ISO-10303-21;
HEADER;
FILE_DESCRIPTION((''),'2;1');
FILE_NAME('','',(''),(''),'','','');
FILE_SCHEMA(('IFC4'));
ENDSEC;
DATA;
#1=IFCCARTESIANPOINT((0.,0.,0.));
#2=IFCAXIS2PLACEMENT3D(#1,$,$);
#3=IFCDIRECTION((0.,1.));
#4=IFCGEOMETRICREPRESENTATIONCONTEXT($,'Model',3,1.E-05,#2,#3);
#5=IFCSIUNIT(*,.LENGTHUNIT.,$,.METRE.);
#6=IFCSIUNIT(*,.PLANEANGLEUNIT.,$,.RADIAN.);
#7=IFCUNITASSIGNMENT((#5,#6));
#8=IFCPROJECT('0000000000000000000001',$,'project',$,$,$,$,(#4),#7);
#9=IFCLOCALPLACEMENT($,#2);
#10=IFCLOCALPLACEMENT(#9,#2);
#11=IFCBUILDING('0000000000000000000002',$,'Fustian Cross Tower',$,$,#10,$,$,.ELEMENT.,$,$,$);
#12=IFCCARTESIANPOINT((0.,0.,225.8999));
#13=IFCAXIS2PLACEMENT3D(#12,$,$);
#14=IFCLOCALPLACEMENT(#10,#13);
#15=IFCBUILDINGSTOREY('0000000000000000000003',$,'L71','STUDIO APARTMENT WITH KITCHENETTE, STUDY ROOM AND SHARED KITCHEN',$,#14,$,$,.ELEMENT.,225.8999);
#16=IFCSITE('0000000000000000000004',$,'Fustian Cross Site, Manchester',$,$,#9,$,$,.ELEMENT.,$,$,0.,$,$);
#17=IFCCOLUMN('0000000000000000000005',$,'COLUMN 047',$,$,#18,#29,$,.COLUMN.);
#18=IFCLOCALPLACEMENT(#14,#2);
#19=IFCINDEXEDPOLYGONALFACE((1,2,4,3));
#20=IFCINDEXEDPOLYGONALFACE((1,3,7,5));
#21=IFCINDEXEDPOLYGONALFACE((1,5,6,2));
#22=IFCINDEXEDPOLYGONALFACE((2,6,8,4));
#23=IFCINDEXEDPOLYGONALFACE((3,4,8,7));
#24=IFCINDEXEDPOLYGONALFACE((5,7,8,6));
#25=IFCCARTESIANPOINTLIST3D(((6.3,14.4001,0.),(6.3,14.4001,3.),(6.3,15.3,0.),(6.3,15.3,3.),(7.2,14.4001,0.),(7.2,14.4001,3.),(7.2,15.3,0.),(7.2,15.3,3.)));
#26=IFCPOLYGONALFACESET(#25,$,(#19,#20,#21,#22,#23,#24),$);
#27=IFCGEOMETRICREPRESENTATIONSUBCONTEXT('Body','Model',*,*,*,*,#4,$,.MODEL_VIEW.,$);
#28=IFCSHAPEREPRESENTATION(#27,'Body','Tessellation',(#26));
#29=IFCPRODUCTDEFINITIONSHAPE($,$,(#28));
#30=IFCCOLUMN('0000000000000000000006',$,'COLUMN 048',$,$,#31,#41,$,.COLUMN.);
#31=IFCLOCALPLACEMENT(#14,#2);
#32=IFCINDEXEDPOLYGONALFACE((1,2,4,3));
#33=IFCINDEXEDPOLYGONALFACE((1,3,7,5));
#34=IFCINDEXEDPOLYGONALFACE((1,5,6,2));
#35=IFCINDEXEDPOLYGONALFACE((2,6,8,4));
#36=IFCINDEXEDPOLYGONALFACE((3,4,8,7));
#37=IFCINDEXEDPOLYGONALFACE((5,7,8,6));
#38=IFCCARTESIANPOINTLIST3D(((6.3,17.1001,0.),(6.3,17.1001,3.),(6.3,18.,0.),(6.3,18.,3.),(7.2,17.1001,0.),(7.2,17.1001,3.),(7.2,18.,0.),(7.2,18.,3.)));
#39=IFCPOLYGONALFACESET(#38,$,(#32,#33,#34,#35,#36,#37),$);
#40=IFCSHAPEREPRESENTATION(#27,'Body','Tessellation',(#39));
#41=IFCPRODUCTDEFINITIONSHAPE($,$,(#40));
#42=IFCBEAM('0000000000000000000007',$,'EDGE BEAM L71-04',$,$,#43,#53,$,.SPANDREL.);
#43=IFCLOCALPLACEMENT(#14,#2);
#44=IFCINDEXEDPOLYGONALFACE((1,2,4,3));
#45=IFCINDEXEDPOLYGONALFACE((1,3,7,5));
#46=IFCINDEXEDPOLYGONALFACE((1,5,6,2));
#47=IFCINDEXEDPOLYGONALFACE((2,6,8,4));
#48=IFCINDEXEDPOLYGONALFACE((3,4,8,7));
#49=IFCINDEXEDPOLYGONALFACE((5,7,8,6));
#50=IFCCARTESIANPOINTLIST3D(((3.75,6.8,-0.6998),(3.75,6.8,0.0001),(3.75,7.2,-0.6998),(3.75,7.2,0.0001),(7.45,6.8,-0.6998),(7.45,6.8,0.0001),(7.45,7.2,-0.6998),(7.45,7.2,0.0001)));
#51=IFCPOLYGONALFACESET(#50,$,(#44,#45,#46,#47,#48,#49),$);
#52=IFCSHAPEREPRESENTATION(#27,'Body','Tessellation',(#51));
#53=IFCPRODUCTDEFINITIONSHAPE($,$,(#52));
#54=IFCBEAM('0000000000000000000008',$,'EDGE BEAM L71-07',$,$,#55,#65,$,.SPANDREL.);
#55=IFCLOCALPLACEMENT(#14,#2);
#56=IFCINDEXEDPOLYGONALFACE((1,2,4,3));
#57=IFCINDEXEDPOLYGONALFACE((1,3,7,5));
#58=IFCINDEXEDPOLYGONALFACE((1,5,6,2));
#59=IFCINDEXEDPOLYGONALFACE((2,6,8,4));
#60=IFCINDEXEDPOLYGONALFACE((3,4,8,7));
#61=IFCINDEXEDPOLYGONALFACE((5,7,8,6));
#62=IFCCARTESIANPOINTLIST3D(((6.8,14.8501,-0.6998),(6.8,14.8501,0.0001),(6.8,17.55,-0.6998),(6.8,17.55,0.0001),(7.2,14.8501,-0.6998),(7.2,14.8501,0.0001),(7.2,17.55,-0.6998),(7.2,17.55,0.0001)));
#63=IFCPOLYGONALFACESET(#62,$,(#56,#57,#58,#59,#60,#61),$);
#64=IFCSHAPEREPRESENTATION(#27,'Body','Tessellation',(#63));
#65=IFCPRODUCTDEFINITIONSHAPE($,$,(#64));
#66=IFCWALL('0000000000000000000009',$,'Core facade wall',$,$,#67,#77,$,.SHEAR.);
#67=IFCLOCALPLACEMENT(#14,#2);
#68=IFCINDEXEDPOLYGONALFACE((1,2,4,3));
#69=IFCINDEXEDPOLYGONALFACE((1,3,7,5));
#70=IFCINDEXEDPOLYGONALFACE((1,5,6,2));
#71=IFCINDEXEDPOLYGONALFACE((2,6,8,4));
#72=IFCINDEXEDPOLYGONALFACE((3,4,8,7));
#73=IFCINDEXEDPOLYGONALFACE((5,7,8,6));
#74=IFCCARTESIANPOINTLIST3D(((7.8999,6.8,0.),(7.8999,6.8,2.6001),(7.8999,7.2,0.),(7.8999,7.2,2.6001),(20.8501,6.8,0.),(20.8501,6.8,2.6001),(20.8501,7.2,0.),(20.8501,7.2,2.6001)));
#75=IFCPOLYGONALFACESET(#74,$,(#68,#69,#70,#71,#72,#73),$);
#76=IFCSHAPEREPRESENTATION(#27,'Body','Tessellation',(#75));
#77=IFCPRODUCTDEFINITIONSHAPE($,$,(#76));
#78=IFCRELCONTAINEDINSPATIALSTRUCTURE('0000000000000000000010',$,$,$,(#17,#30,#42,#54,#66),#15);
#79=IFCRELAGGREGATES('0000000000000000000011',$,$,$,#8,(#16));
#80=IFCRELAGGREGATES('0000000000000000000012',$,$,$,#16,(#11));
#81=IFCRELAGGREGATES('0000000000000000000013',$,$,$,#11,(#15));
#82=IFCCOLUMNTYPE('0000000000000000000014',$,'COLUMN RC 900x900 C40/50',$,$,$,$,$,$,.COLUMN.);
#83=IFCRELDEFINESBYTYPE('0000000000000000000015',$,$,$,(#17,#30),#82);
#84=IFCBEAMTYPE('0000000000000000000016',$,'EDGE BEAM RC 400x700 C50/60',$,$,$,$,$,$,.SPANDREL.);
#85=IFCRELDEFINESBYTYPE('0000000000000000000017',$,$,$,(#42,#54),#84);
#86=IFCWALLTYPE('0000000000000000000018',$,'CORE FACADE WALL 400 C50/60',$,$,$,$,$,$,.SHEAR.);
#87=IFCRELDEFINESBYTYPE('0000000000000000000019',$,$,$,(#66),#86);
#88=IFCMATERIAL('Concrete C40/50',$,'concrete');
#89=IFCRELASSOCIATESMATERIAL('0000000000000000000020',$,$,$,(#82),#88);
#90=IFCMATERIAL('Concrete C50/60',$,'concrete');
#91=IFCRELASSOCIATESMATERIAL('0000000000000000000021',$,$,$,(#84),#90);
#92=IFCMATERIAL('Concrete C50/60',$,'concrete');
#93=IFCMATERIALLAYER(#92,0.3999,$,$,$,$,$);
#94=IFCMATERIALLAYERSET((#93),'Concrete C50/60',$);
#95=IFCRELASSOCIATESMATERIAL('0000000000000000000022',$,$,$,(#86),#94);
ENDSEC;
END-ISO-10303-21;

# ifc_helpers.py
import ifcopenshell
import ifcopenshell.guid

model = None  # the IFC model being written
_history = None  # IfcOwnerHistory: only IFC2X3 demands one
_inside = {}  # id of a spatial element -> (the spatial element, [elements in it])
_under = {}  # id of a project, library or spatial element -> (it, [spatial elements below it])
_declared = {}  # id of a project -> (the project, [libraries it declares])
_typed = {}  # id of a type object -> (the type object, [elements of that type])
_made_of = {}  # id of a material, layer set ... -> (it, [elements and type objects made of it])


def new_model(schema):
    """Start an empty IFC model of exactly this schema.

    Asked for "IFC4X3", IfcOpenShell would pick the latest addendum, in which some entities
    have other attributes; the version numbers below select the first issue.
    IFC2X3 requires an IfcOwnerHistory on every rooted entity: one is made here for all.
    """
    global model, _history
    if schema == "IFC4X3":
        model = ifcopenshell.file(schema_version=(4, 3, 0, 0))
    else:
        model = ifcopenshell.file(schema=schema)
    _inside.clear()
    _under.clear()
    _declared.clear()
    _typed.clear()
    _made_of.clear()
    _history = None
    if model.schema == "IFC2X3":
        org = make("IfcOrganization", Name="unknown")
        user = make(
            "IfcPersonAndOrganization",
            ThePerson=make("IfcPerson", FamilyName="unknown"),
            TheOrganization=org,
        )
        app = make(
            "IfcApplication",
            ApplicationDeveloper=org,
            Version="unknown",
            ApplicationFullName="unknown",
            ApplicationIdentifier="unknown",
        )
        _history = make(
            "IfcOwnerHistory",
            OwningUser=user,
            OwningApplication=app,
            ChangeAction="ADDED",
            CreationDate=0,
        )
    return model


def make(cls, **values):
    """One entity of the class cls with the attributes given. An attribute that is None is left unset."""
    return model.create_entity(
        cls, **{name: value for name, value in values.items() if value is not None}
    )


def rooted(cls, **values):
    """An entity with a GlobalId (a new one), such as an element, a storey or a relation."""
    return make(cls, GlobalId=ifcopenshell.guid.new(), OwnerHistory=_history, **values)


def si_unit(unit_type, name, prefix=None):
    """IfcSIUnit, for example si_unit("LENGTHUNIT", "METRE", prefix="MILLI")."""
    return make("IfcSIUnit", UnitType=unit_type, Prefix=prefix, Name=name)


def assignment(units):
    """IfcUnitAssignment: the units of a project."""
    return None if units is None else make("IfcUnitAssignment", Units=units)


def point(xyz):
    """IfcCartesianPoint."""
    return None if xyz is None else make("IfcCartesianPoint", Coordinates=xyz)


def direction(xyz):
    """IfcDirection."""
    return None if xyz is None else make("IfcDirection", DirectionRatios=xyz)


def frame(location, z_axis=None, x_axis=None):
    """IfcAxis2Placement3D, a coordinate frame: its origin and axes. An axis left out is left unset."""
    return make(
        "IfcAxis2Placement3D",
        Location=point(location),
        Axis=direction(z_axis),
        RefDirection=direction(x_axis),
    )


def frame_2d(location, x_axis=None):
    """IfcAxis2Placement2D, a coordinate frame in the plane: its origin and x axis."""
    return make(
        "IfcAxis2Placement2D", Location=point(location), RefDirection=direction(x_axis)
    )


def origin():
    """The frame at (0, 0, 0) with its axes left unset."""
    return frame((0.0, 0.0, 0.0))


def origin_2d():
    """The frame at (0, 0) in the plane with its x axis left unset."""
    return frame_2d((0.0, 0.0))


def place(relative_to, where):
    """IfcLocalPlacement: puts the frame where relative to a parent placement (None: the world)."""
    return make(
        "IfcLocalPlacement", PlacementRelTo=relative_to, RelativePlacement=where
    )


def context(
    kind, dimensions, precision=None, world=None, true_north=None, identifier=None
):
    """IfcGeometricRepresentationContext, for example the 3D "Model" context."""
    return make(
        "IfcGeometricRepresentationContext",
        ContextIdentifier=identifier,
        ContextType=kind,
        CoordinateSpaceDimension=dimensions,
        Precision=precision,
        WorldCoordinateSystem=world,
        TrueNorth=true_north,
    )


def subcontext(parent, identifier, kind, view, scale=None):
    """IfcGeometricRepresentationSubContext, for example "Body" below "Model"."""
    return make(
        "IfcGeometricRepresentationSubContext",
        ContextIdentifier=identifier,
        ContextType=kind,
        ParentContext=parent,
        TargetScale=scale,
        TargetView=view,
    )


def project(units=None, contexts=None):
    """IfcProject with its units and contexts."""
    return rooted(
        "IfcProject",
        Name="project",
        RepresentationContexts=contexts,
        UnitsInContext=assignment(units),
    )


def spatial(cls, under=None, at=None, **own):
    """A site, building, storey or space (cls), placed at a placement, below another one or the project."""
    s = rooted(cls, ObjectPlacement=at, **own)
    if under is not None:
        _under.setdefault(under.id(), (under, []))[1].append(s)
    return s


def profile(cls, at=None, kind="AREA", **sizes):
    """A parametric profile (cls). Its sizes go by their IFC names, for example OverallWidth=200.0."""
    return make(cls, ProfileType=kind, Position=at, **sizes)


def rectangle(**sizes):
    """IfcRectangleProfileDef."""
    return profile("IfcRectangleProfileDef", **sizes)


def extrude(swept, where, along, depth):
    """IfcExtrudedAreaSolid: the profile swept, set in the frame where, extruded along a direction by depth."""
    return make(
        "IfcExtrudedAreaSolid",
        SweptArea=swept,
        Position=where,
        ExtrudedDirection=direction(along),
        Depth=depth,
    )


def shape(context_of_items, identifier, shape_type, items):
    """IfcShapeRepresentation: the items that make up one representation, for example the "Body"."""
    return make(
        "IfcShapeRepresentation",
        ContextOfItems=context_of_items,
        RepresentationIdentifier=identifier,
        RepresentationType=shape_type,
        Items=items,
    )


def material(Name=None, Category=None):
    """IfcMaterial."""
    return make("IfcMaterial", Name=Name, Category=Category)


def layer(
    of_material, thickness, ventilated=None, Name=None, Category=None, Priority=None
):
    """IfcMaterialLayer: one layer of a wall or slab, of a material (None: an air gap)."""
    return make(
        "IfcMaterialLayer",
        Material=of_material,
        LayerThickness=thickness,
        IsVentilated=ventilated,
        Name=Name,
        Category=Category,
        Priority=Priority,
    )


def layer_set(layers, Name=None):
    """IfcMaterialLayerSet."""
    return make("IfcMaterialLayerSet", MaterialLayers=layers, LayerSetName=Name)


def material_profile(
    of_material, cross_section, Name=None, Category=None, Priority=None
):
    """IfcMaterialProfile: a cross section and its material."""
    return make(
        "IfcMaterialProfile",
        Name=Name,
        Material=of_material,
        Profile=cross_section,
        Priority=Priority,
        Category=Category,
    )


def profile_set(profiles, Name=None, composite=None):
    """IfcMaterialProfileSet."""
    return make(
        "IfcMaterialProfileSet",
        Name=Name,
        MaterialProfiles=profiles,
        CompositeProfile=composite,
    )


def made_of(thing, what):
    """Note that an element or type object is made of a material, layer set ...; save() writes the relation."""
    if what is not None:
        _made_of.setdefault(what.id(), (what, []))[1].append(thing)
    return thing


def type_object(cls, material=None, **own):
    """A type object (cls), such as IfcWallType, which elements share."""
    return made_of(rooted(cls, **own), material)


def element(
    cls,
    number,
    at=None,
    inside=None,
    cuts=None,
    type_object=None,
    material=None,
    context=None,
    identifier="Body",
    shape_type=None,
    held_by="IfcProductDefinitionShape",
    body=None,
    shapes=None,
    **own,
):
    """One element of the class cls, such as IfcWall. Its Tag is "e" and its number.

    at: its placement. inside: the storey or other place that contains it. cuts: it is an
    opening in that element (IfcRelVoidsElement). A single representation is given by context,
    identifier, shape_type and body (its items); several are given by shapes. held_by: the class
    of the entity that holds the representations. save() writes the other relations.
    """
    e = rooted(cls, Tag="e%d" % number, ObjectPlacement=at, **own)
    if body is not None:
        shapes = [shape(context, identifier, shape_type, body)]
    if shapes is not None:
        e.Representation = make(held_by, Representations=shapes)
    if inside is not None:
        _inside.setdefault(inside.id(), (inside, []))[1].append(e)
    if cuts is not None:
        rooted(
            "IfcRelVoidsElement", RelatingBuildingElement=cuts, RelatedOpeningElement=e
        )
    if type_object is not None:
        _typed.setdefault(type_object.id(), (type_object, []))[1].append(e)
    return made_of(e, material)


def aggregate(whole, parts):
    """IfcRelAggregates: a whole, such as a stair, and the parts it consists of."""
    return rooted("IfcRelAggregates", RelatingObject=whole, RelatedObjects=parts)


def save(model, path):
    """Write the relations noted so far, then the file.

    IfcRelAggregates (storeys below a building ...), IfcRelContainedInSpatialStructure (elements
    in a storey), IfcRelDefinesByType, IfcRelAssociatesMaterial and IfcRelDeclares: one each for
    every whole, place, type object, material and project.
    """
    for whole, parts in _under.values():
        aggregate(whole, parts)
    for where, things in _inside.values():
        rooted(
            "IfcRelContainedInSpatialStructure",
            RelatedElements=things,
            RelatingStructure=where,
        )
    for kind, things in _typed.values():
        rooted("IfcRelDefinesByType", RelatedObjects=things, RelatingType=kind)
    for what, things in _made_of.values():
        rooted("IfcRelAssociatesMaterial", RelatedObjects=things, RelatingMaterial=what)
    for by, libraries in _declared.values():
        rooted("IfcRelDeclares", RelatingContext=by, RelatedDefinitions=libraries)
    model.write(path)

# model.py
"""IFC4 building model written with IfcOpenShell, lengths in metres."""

from ifc_helpers import new_model, si_unit, direction, frame, frame_2d, origin, origin_2d, place, context, subcontext, project, spatial, rectangle, extrude, material, layer, layer_set, material_profile, profile_set, type_object, element, save


model = new_model("IFC4")

# Units and contexts
model_context = context("Model", 3, precision=1e-05, world=origin(), true_north=direction((0.0, 1.0)))
body_context = subcontext(model_context, "Body", "Model", "MODEL_VIEW")
ifc_project = project(units=[si_unit("LENGTHUNIT", "METRE"), si_unit("PLANEANGLEUNIT", "RADIAN")], contexts=[model_context])

# Site, building, storey
site_placement = place(None, origin())
site = spatial("IfcSite", under=ifc_project, at=site_placement, Name="Fustian Cross Site, Manchester", CompositionType="ELEMENT", RefElevation=0.0)
building_placement = place(site_placement, origin())
building = spatial("IfcBuilding", under=site, at=building_placement, Name="Fustian Cross Tower", CompositionType="ELEMENT")
storey_placement = place(building_placement, frame((0.0, 0.0, 225.8999)))
storey = spatial("IfcBuildingStorey", under=building, at=storey_placement, Name="L71", Description="STUDIO APARTMENT WITH KITCHENETTE, STUDY ROOM AND SHARED KITCHEN", CompositionType="ELEMENT", Elevation=225.8999)

# Columns
ifc_material_1 = material(Name="Concrete C40/50", Category="concrete")
ifc_material_profile_1 = material_profile(ifc_material_1, rectangle(XDim=0.8999, YDim=0.8999, at=origin_2d()), Name="RC 900x900")
ifc_profile_set_1 = profile_set([ifc_material_profile_1], Name="Concrete C40/50")
column_type = type_object("IfcColumnType", Name="COLUMN RC 900x900 C40/50", PredefinedType="COLUMN", material=ifc_profile_set_1)
for number, where, z_axis, x_axis, name in (
    (1, (6.75, 14.8501, 0.0), (0.0, 0.0, 1.0), (1.0, 0.0, 0.0), "COLUMN 047"),
    (2, (6.75, 17.55, 0.0), (0.0, 0.0, 1.0), (1.0, 0.0, 0.0), "COLUMN 048"),
):
    element("IfcColumn", number, at=place(storey_placement, frame(where, z_axis=z_axis, x_axis=x_axis)), inside=storey, type_object=column_type, Name=name, PredefinedType="COLUMN", context=body_context, shape_type="SweptSolid", body=[
        extrude(rectangle(XDim=0.8999, YDim=0.8999, at=origin_2d()), origin(), (0.0, 0.0, 1.0), 3.0),
    ])

# Beams
ifc_material_2 = material(Name="Concrete C50/60", Category="concrete")
ifc_material_profile_2 = material_profile(ifc_material_2, rectangle(XDim=0.3999, YDim=0.7, at=origin_2d()), Name="RC 400x700")
ifc_profile_set_2 = profile_set([ifc_material_profile_2], Name="Concrete C50/60")
beam_type = type_object("IfcBeamType", Name="EDGE BEAM RC 400x700 C50/60", PredefinedType="SPANDREL", material=ifc_profile_set_2)
beam_1_placement = place(storey_placement, frame((7.45, 7.0, -0.3499), z_axis=(-1.0, 0.0, 0.0), x_axis=(0.0, -1.0, 0.0)))
element("IfcBeam", 3, at=beam_1_placement, inside=storey, type_object=beam_type, Name="EDGE BEAM L71-04", PredefinedType="SPANDREL", context=body_context, shape_type="SweptSolid", body=[
    extrude(rectangle(XDim=0.3999, YDim=0.7, at=origin_2d()), origin(), (0.0, 0.0, 1.0), 3.7),
])
beam_2_placement = place(storey_placement, frame((7.0, 14.8501, -0.3499), z_axis=(0.0, 1.0, 0.0), x_axis=(-1.0, 0.0, 0.0)))
element("IfcBeam", 4, at=beam_2_placement, inside=storey, type_object=beam_type, Name="EDGE BEAM L71-07", PredefinedType="SPANDREL", context=body_context, shape_type="SweptSolid", body=[
    extrude(rectangle(XDim=0.3999, YDim=0.7, at=origin_2d()), origin(), (0.0, 0.0, 1.0), 2.7),
])

# Wall
ifc_material_3 = material(Name="Concrete C50/60", Category="concrete")
ifc_layer_1 = layer(ifc_material_3, 0.3999)
ifc_layer_set_1 = layer_set([ifc_layer_1], Name="Concrete C50/60")
wall_type_1 = type_object("IfcWallType", Name="CORE FACADE WALL 400 C50/60", PredefinedType="SHEAR", material=ifc_layer_set_1)
wall_1_placement = place(storey_placement, frame((7.8999, 7.0, 0.0), z_axis=(0.0, 0.0, 1.0), x_axis=(1.0, 0.0, 0.0)))
element("IfcWall", 5, at=wall_1_placement, inside=storey, type_object=wall_type_1, Name="Core facade wall", PredefinedType="SHEAR", context=body_context, shape_type="SweptSolid", body=[
    extrude(rectangle(XDim=12.9502, YDim=0.3999, at=frame_2d((6.4751, 0.0))), origin(), (0.0, 0.0, 1.0), 2.6001),
])

save(model, "model.ifc")
